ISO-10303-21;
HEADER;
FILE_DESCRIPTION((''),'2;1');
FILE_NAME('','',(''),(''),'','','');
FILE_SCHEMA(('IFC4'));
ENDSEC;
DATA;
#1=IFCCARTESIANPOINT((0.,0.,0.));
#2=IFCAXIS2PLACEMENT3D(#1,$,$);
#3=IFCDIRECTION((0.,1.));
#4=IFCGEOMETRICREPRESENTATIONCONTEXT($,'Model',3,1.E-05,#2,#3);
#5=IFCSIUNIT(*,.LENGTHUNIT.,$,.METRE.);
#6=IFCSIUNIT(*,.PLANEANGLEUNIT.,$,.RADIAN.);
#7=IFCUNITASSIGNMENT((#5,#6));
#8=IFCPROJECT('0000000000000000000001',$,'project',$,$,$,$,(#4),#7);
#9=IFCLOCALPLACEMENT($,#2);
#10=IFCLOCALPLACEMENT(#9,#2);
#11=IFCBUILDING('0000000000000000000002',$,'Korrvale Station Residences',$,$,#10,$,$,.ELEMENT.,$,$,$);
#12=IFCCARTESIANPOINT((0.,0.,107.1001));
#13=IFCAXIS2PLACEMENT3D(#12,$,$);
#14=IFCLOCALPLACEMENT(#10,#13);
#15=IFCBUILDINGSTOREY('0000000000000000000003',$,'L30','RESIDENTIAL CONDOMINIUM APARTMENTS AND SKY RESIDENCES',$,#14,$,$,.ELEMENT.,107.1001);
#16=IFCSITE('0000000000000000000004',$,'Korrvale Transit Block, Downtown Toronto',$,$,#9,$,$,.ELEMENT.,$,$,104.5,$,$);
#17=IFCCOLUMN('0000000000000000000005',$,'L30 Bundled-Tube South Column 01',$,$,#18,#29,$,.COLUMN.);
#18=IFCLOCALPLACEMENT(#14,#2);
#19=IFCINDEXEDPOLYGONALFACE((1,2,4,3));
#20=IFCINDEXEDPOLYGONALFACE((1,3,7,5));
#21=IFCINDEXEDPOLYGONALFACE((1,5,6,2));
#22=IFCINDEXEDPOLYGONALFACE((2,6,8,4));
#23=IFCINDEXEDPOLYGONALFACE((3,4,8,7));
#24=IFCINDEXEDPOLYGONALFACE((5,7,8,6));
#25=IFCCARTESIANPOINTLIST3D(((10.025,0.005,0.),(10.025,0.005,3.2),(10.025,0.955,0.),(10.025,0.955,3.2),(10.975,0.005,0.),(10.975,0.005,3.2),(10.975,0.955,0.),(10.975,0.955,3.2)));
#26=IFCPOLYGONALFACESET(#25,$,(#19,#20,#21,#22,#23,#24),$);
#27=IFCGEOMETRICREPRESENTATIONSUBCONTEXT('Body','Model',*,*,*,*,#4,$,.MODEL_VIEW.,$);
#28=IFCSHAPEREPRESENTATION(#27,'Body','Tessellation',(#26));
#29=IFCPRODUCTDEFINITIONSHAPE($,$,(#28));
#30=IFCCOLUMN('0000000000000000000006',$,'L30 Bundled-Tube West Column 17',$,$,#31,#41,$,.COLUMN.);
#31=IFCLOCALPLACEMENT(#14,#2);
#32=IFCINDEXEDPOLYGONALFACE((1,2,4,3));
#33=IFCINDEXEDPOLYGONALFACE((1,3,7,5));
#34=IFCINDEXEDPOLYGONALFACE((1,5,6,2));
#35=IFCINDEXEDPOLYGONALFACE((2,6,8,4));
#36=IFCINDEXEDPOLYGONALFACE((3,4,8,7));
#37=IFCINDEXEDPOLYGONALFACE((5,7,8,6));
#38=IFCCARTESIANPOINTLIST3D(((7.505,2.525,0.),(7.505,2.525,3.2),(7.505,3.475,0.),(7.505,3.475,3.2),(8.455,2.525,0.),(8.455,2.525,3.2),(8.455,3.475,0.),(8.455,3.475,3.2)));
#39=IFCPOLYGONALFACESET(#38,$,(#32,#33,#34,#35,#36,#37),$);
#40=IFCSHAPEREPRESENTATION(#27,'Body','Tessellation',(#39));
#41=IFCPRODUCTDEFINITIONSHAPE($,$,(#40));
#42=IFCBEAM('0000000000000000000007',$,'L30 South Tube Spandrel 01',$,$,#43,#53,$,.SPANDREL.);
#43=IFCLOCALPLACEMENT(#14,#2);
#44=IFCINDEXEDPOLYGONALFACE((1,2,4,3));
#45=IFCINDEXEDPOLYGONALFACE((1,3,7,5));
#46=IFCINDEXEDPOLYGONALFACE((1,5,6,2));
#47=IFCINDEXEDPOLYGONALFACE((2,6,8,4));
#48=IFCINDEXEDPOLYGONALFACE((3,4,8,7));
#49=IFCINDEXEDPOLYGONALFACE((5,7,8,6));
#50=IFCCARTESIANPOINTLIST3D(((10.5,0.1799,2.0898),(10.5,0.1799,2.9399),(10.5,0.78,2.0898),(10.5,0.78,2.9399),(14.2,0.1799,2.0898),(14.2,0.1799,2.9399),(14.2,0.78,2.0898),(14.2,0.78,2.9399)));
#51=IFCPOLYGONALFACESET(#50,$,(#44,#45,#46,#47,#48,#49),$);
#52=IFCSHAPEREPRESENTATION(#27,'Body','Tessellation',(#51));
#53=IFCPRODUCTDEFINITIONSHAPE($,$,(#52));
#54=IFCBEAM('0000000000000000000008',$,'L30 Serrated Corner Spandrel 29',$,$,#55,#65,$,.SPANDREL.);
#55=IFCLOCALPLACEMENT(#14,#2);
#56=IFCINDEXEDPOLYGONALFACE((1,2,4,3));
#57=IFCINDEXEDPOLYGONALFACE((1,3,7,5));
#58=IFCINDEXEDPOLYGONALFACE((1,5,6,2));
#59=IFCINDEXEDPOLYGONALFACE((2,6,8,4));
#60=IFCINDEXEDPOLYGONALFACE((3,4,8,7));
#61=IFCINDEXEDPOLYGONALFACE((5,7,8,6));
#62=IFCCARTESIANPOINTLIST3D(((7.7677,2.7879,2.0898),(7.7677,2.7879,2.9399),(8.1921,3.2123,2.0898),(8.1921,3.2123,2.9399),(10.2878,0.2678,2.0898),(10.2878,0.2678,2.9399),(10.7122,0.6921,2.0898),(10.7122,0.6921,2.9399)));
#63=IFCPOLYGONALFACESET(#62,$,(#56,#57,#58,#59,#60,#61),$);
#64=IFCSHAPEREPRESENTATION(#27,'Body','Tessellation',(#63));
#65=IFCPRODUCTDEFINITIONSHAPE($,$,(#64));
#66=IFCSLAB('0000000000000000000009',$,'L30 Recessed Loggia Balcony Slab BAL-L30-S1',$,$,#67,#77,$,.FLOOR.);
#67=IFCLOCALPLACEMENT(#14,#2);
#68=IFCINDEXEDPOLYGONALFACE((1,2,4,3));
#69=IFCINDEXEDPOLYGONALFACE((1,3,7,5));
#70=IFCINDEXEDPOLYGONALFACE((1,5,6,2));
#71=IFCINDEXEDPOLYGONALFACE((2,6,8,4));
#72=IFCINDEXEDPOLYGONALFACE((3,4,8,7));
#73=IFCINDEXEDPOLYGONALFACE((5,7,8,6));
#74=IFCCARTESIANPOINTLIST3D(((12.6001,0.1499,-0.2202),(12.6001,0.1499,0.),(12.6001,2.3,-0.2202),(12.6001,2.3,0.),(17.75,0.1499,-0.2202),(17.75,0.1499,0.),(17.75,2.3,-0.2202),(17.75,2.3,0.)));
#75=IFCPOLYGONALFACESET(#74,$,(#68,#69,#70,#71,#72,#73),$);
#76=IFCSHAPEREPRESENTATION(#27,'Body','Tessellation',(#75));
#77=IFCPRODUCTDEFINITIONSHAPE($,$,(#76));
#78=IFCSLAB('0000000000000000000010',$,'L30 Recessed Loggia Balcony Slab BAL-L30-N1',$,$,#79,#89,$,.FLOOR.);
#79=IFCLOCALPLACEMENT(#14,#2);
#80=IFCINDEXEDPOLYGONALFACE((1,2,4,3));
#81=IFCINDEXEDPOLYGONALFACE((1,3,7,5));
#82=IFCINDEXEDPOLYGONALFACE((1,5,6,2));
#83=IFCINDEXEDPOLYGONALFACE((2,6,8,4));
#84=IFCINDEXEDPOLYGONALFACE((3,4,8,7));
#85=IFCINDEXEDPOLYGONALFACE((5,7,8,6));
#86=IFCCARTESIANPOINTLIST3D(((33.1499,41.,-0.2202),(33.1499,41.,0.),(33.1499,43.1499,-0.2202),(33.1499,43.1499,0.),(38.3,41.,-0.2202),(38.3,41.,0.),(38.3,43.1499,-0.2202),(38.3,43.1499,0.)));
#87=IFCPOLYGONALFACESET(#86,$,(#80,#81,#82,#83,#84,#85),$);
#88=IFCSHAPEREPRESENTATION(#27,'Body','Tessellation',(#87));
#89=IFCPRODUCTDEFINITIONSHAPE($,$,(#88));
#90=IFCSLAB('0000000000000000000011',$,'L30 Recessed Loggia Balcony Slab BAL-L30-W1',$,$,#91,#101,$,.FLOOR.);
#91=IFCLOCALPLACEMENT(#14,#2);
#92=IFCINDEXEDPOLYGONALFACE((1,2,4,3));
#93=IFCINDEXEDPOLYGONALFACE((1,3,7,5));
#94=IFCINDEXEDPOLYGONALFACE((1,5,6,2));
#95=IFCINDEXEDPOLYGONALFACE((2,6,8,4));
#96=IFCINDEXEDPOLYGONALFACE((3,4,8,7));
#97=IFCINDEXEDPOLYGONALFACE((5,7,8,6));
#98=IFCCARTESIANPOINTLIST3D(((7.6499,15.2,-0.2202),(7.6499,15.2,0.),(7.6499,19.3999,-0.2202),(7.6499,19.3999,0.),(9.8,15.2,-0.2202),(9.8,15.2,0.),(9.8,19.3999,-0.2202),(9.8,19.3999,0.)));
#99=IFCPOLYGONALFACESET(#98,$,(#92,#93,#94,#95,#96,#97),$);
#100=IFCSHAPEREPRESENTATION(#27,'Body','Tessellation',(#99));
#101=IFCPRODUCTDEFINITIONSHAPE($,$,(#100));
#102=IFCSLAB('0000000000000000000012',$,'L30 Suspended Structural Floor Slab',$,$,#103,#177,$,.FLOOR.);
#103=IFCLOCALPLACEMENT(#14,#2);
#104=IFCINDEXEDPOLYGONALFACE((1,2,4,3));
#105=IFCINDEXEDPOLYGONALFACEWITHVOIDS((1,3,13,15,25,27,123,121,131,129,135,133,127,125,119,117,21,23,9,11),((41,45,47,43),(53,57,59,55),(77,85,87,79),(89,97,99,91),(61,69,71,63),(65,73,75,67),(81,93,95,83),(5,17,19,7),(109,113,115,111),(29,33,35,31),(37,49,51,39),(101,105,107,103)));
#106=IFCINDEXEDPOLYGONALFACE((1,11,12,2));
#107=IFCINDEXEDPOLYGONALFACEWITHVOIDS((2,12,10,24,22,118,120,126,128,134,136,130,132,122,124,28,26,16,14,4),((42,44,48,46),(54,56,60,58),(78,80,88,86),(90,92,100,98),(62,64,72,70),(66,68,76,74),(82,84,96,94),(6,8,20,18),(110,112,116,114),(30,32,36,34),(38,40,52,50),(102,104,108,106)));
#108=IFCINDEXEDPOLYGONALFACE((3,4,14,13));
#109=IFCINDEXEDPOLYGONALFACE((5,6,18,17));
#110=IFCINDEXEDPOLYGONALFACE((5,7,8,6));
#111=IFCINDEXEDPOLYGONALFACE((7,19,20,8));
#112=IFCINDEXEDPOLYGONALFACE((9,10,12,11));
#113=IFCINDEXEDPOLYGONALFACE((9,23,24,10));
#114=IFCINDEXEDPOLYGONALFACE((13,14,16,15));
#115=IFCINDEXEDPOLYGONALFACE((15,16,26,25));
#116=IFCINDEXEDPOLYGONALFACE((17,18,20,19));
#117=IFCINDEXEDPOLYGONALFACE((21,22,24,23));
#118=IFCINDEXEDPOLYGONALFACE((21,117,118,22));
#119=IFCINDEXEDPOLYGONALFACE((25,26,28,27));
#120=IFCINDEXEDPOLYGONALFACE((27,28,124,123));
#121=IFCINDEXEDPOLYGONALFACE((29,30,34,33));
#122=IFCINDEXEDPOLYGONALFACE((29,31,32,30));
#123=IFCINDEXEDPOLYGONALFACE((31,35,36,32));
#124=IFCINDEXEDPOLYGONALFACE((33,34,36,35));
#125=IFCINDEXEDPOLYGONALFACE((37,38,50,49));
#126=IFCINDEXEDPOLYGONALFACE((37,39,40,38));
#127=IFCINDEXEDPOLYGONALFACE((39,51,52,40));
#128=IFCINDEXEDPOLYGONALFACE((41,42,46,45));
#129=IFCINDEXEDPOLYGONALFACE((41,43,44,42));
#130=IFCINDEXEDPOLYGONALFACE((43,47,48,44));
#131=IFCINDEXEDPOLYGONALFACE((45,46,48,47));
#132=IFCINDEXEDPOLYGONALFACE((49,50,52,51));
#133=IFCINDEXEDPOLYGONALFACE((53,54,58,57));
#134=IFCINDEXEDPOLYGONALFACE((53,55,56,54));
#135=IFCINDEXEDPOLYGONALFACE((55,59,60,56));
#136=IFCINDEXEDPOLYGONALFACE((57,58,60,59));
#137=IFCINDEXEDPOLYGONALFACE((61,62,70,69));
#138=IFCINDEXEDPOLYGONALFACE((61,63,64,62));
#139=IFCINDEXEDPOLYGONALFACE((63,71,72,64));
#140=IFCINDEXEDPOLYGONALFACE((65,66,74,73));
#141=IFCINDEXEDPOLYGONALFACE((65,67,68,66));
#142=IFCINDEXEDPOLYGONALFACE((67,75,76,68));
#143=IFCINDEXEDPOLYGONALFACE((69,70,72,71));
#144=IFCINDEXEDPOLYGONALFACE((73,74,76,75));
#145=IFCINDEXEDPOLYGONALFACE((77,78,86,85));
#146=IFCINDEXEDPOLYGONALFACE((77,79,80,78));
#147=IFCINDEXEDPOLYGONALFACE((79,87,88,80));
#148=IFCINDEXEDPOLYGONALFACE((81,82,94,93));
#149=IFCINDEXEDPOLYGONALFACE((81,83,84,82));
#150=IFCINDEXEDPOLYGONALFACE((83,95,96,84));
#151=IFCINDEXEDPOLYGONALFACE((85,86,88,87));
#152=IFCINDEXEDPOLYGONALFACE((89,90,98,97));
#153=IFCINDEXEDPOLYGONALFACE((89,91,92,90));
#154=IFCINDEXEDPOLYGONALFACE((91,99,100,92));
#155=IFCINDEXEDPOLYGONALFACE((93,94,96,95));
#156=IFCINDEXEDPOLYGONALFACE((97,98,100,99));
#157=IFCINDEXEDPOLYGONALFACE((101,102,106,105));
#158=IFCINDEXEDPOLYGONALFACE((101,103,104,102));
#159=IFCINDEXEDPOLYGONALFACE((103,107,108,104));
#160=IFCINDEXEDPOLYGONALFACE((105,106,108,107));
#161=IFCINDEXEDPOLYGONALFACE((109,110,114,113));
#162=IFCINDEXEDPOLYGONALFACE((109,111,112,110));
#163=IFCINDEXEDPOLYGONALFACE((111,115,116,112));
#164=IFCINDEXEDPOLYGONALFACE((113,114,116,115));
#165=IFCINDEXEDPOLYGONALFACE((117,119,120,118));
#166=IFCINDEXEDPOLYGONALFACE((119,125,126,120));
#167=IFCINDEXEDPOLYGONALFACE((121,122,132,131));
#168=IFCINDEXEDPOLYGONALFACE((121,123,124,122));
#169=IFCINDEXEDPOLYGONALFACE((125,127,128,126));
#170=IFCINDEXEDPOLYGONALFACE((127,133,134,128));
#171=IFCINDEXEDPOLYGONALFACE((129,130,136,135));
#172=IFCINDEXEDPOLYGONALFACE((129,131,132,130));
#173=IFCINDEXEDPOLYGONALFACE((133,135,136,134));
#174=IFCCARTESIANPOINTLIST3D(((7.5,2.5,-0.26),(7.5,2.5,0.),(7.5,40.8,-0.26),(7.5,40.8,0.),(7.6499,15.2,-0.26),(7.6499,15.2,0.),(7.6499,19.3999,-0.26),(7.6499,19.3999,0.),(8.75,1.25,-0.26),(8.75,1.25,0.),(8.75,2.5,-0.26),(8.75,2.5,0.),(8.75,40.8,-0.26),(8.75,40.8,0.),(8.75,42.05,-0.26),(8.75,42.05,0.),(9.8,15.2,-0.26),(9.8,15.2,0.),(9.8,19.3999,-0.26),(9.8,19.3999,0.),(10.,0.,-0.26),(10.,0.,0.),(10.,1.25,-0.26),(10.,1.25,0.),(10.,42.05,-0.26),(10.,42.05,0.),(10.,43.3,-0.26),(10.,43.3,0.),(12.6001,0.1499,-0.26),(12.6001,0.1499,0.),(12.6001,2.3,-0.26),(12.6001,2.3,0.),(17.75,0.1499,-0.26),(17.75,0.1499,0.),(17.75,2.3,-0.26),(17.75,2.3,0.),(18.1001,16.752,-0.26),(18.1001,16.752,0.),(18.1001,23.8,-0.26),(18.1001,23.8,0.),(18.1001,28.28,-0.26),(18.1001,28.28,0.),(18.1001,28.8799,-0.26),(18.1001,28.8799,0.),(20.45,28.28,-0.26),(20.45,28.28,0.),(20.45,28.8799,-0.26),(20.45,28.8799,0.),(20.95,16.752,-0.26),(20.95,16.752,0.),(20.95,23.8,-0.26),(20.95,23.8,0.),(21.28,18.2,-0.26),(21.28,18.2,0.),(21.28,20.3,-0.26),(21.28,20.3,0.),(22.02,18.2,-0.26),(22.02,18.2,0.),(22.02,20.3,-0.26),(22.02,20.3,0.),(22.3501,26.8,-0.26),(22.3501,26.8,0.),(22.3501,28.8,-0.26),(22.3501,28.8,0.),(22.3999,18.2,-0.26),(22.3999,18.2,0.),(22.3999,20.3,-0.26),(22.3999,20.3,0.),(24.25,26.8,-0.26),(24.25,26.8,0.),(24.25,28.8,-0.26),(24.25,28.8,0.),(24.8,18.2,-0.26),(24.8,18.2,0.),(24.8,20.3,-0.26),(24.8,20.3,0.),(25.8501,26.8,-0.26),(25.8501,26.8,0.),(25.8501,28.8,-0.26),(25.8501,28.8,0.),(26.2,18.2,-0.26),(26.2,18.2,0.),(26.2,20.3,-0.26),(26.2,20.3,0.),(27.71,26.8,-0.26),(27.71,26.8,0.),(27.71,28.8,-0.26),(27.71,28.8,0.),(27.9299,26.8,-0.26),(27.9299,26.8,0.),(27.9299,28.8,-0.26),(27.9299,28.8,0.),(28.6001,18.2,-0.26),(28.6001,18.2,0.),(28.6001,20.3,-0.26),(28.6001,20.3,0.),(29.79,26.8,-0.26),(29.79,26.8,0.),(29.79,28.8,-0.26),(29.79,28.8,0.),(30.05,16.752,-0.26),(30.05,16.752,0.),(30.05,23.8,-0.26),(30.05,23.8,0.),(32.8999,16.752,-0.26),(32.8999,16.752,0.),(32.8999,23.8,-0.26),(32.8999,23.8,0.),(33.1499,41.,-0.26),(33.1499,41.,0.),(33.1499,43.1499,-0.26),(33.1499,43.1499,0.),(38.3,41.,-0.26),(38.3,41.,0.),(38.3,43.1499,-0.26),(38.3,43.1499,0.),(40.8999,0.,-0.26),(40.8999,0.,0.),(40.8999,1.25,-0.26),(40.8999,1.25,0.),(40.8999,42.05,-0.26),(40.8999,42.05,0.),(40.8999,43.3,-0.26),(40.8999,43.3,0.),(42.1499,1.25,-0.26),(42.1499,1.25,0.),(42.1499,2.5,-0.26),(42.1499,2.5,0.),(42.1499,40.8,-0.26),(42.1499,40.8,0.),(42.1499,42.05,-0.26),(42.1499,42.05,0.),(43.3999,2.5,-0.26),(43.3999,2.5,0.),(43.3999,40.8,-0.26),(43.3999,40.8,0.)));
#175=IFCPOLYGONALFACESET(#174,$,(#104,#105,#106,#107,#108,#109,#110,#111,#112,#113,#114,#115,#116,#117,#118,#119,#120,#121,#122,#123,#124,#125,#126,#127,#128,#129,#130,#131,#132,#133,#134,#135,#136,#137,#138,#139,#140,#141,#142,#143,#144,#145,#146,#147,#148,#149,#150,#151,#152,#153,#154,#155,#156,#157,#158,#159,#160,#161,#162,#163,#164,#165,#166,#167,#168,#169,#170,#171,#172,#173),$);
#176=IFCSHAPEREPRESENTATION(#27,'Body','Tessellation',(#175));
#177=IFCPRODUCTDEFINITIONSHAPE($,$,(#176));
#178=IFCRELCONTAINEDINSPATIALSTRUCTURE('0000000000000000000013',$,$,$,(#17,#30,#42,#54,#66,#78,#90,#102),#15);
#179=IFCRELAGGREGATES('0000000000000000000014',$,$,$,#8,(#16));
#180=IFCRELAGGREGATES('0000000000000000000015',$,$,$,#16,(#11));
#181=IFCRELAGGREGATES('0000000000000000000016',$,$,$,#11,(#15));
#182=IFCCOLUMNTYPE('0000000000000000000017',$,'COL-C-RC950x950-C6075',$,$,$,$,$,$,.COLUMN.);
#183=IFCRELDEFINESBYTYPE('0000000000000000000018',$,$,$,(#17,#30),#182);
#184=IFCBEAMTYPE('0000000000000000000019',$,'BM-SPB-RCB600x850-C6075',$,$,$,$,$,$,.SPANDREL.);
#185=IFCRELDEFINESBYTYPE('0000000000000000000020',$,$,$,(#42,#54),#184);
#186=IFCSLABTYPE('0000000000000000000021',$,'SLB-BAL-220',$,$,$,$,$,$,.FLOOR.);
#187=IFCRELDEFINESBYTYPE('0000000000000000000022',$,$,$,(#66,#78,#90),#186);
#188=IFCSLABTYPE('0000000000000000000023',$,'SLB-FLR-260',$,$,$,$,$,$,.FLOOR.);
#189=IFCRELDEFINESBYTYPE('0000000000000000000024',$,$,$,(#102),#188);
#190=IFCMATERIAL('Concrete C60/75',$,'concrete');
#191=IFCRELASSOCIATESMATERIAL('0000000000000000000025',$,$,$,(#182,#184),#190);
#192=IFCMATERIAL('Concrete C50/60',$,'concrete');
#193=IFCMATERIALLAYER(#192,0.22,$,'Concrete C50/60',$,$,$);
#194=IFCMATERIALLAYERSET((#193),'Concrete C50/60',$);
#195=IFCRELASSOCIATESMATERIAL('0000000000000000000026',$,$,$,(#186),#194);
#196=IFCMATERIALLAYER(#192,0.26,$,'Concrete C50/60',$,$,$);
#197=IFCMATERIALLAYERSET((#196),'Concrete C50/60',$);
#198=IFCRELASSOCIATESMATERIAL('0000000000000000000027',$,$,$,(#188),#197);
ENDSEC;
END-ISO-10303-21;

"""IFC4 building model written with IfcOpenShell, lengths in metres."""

from ifc_helpers import new_model, si_unit, direction, frame, origin, origin_2d, place, context, subcontext, project, spatial, polyline, rectangle, outline, extrude, material, layer, layer_set, material_profile, profile_set, type_object, element, save


model = new_model("IFC4")

# Units and contexts
model_context = context("Model", 3, precision=1e-05, world=origin(), true_north=direction((0.0, 1.0)))
body_context = subcontext(model_context, "Body", "Model", "MODEL_VIEW")
ifc_project = project(units=[si_unit("LENGTHUNIT", "METRE"), si_unit("PLANEANGLEUNIT", "RADIAN")], contexts=[model_context])

# Site, building, storey
site_placement = place(None, origin())
site = spatial("IfcSite", under=ifc_project, at=site_placement, Name="Korrvale Transit Block, Downtown Toronto", CompositionType="ELEMENT", RefElevation=104.5)
building_placement = place(site_placement, origin())
building = spatial("IfcBuilding", under=site, at=building_placement, Name="Korrvale Station Residences", CompositionType="ELEMENT")
storey_placement = place(building_placement, frame((0.0, 0.0, 107.1001)))
storey = spatial("IfcBuildingStorey", under=building, at=storey_placement, Name="L30", Description="RESIDENTIAL CONDOMINIUM APARTMENTS AND SKY RESIDENCES", CompositionType="ELEMENT", Elevation=107.1001)

# Columns
ifc_material_1 = material(Name="Concrete C60/75", Category="concrete")
ifc_material_profile_1 = material_profile(ifc_material_1, rectangle(XDim=0.95, YDim=0.95, at=origin_2d()), Name="RC950x950")
ifc_profile_set_1 = profile_set([ifc_material_profile_1], Name="Concrete C60/75")
column_type = type_object("IfcColumnType", Name="COL-C-RC950x950-C6075", PredefinedType="COLUMN", material=ifc_profile_set_1)
for number, where, z_axis, x_axis, name in (
    (1, (10.5, 0.48, 0.0), (0.0, 0.0, 1.0), (1.0, 0.0, 0.0), "L30 Bundled-Tube South Column 01"),
    (2, (7.98, 3.0, 0.0), (0.0, 0.0, 1.0), (1.0, 0.0, 0.0), "L30 Bundled-Tube West Column 17"),
):
    element("IfcColumn", number, at=place(storey_placement, frame(where, z_axis=z_axis, x_axis=x_axis)), inside=storey, type_object=column_type, Name=name, PredefinedType="COLUMN", context=body_context, shape_type="SweptSolid", body=[
        extrude(rectangle(XDim=0.95, YDim=0.95, at=origin_2d()), origin(), (0.0, 0.0, 1.0), 3.2),
    ])

# Beams
ifc_material_profile_2 = material_profile(ifc_material_1, rectangle(XDim=0.6001, YDim=0.8501, at=origin_2d()), Name="RCB600x850")
ifc_profile_set_2 = profile_set([ifc_material_profile_2], Name="Concrete C60/75")
beam_type = type_object("IfcBeamType", Name="BM-SPB-RCB600x850-C6075", PredefinedType="SPANDREL", material=ifc_profile_set_2)
beam_1_placement = place(storey_placement, frame((10.5, 0.48, 2.5149), z_axis=(1.0, 0.0, 0.0), x_axis=(0.0, 1.0, 0.0)))
element("IfcBeam", 3, at=beam_1_placement, inside=storey, type_object=beam_type, Name="L30 South Tube Spandrel 01", PredefinedType="SPANDREL", context=body_context, shape_type="SweptSolid", body=[
    extrude(rectangle(XDim=0.6001, YDim=0.8501, at=origin_2d()), origin(), (0.0, 0.0, 1.0), 3.7),
])
beam_2_placement = place(storey_placement, frame((10.5, 0.48, 2.5149), z_axis=(-0.707107, 0.707107, 0.0), x_axis=(-0.707107, -0.707107, 0.0)))
element("IfcBeam", 4, at=beam_2_placement, inside=storey, type_object=beam_type, Name="L30 Serrated Corner Spandrel 29", PredefinedType="SPANDREL", context=body_context, shape_type="SweptSolid", body=[
    extrude(rectangle(XDim=0.6001, YDim=0.8501, at=origin_2d()), origin(), (0.0, 0.0, 1.0), 3.564),
])

# Slabs
ifc_material_2 = material(Name="Concrete C50/60", Category="concrete")
ifc_layer_1 = layer(ifc_material_2, 0.22, Name="Concrete C50/60")
ifc_layer_set_1 = layer_set([ifc_layer_1], Name="Concrete C50/60")
slab_type_1 = type_object("IfcSlabType", Name="SLB-BAL-220", PredefinedType="FLOOR", material=ifc_layer_set_1)
slab_1_placement = place(storey_placement, frame((0.0, 0.0, -0.2202)))
element("IfcSlab", 5, at=slab_1_placement, inside=storey, type_object=slab_type_1, Name="L30 Recessed Loggia Balcony Slab BAL-L30-S1", PredefinedType="FLOOR", context=body_context, shape_type="SweptSolid", body=[
    extrude(outline(polyline([(12.6001, 0.1499), (17.75, 0.1499), (17.75, 2.3), (12.6001, 2.3), (12.6001, 0.1499)])), origin(), (0.0, 0.0, 1.0), 0.2202),
])
slab_2_placement = place(storey_placement, frame((0.0, 0.0, -0.2202)))
element("IfcSlab", 6, at=slab_2_placement, inside=storey, type_object=slab_type_1, Name="L30 Recessed Loggia Balcony Slab BAL-L30-N1", PredefinedType="FLOOR", context=body_context, shape_type="SweptSolid", body=[
    extrude(outline(polyline([(33.1499, 41.0), (38.3, 41.0), (38.3, 43.1499), (33.1499, 43.1499), (33.1499, 41.0)])), origin(), (0.0, 0.0, 1.0), 0.2202),
])
slab_3_placement = place(storey_placement, frame((0.0, 0.0, -0.2202)))
element("IfcSlab", 7, at=slab_3_placement, inside=storey, type_object=slab_type_1, Name="L30 Recessed Loggia Balcony Slab BAL-L30-W1", PredefinedType="FLOOR", context=body_context, shape_type="SweptSolid", body=[
    extrude(outline(polyline([(7.6499, 15.2), (9.8, 15.2), (9.8, 19.3999), (7.6499, 19.3999), (7.6499, 15.2)])), origin(), (0.0, 0.0, 1.0), 0.2202),
])
ifc_layer_2 = layer(ifc_material_2, 0.26, Name="Concrete C50/60")
ifc_layer_set_2 = layer_set([ifc_layer_2], Name="Concrete C50/60")
slab_type_2 = type_object("IfcSlabType", Name="SLB-FLR-260", PredefinedType="FLOOR", material=ifc_layer_set_2)
slab_4_placement = place(storey_placement, frame((0.0, 0.0, -0.26)))
element("IfcSlab", 8, at=slab_4_placement, inside=storey, type_object=slab_type_2, Name="L30 Suspended Structural Floor Slab", PredefinedType="FLOOR", context=body_context, shape_type="SweptSolid", body=[
    extrude(outline(polyline([(10.0, 0.0), (40.8999, 0.0), (40.8999, 1.25), (42.1499, 1.25), (42.1499, 2.5), (43.3999, 2.5), (43.3999, 40.8), (42.1499, 40.8), (42.1499, 42.05), (40.8999, 42.05), (40.8999, 43.3), (10.0, 43.3), (10.0, 42.05), (8.75, 42.05), (8.75, 40.8), (7.5, 40.8), (7.5, 2.5), (8.75, 2.5), (8.75, 1.25), (10.0, 1.25), (10.0, 0.0)]), holes=[polyline([(20.95, 16.752), (20.95, 23.8), (18.1001, 23.8), (18.1001, 16.752), (20.95, 16.752)]), polyline([(32.8999, 16.752), (32.8999, 23.8), (30.05, 23.8), (30.05, 16.752), (32.8999, 16.752)]), polyline([(22.3501, 26.8), (24.25, 26.8), (24.25, 28.8), (22.3501, 28.8), (22.3501, 26.8)]), polyline([(25.8501, 26.8), (27.71, 26.8), (27.71, 28.8), (25.8501, 28.8), (25.8501, 26.8)]), polyline([(27.9299, 26.8), (29.79, 26.8), (29.79, 28.8), (27.9299, 28.8), (27.9299, 26.8)]), polyline([(22.3999, 18.2), (24.8, 18.2), (24.8, 20.3), (22.3999, 20.3), (22.3999, 18.2)]), polyline([(26.2, 18.2), (28.6001, 18.2), (28.6001, 20.3), (26.2, 20.3), (26.2, 18.2)]), polyline([(18.1001, 28.28), (20.45, 28.28), (20.45, 28.8799), (18.1001, 28.8799), (18.1001, 28.28)]), polyline([(21.28, 18.2), (22.02, 18.2), (22.02, 20.3), (21.28, 20.3), (21.28, 18.2)]), polyline([(12.6001, 0.1499), (17.75, 0.1499), (17.75, 2.3), (12.6001, 2.3), (12.6001, 0.1499)]), polyline([(33.1499, 41.0), (38.3, 41.0), (38.3, 43.1499), (33.1499, 43.1499), (33.1499, 41.0)]), polyline([(7.6499, 15.2), (9.8, 15.2), (9.8, 19.3999), (7.6499, 19.3999), (7.6499, 15.2)])]), origin(), (0.0, 0.0, 1.0), 0.26),
])

save(model, "model.ifc")
